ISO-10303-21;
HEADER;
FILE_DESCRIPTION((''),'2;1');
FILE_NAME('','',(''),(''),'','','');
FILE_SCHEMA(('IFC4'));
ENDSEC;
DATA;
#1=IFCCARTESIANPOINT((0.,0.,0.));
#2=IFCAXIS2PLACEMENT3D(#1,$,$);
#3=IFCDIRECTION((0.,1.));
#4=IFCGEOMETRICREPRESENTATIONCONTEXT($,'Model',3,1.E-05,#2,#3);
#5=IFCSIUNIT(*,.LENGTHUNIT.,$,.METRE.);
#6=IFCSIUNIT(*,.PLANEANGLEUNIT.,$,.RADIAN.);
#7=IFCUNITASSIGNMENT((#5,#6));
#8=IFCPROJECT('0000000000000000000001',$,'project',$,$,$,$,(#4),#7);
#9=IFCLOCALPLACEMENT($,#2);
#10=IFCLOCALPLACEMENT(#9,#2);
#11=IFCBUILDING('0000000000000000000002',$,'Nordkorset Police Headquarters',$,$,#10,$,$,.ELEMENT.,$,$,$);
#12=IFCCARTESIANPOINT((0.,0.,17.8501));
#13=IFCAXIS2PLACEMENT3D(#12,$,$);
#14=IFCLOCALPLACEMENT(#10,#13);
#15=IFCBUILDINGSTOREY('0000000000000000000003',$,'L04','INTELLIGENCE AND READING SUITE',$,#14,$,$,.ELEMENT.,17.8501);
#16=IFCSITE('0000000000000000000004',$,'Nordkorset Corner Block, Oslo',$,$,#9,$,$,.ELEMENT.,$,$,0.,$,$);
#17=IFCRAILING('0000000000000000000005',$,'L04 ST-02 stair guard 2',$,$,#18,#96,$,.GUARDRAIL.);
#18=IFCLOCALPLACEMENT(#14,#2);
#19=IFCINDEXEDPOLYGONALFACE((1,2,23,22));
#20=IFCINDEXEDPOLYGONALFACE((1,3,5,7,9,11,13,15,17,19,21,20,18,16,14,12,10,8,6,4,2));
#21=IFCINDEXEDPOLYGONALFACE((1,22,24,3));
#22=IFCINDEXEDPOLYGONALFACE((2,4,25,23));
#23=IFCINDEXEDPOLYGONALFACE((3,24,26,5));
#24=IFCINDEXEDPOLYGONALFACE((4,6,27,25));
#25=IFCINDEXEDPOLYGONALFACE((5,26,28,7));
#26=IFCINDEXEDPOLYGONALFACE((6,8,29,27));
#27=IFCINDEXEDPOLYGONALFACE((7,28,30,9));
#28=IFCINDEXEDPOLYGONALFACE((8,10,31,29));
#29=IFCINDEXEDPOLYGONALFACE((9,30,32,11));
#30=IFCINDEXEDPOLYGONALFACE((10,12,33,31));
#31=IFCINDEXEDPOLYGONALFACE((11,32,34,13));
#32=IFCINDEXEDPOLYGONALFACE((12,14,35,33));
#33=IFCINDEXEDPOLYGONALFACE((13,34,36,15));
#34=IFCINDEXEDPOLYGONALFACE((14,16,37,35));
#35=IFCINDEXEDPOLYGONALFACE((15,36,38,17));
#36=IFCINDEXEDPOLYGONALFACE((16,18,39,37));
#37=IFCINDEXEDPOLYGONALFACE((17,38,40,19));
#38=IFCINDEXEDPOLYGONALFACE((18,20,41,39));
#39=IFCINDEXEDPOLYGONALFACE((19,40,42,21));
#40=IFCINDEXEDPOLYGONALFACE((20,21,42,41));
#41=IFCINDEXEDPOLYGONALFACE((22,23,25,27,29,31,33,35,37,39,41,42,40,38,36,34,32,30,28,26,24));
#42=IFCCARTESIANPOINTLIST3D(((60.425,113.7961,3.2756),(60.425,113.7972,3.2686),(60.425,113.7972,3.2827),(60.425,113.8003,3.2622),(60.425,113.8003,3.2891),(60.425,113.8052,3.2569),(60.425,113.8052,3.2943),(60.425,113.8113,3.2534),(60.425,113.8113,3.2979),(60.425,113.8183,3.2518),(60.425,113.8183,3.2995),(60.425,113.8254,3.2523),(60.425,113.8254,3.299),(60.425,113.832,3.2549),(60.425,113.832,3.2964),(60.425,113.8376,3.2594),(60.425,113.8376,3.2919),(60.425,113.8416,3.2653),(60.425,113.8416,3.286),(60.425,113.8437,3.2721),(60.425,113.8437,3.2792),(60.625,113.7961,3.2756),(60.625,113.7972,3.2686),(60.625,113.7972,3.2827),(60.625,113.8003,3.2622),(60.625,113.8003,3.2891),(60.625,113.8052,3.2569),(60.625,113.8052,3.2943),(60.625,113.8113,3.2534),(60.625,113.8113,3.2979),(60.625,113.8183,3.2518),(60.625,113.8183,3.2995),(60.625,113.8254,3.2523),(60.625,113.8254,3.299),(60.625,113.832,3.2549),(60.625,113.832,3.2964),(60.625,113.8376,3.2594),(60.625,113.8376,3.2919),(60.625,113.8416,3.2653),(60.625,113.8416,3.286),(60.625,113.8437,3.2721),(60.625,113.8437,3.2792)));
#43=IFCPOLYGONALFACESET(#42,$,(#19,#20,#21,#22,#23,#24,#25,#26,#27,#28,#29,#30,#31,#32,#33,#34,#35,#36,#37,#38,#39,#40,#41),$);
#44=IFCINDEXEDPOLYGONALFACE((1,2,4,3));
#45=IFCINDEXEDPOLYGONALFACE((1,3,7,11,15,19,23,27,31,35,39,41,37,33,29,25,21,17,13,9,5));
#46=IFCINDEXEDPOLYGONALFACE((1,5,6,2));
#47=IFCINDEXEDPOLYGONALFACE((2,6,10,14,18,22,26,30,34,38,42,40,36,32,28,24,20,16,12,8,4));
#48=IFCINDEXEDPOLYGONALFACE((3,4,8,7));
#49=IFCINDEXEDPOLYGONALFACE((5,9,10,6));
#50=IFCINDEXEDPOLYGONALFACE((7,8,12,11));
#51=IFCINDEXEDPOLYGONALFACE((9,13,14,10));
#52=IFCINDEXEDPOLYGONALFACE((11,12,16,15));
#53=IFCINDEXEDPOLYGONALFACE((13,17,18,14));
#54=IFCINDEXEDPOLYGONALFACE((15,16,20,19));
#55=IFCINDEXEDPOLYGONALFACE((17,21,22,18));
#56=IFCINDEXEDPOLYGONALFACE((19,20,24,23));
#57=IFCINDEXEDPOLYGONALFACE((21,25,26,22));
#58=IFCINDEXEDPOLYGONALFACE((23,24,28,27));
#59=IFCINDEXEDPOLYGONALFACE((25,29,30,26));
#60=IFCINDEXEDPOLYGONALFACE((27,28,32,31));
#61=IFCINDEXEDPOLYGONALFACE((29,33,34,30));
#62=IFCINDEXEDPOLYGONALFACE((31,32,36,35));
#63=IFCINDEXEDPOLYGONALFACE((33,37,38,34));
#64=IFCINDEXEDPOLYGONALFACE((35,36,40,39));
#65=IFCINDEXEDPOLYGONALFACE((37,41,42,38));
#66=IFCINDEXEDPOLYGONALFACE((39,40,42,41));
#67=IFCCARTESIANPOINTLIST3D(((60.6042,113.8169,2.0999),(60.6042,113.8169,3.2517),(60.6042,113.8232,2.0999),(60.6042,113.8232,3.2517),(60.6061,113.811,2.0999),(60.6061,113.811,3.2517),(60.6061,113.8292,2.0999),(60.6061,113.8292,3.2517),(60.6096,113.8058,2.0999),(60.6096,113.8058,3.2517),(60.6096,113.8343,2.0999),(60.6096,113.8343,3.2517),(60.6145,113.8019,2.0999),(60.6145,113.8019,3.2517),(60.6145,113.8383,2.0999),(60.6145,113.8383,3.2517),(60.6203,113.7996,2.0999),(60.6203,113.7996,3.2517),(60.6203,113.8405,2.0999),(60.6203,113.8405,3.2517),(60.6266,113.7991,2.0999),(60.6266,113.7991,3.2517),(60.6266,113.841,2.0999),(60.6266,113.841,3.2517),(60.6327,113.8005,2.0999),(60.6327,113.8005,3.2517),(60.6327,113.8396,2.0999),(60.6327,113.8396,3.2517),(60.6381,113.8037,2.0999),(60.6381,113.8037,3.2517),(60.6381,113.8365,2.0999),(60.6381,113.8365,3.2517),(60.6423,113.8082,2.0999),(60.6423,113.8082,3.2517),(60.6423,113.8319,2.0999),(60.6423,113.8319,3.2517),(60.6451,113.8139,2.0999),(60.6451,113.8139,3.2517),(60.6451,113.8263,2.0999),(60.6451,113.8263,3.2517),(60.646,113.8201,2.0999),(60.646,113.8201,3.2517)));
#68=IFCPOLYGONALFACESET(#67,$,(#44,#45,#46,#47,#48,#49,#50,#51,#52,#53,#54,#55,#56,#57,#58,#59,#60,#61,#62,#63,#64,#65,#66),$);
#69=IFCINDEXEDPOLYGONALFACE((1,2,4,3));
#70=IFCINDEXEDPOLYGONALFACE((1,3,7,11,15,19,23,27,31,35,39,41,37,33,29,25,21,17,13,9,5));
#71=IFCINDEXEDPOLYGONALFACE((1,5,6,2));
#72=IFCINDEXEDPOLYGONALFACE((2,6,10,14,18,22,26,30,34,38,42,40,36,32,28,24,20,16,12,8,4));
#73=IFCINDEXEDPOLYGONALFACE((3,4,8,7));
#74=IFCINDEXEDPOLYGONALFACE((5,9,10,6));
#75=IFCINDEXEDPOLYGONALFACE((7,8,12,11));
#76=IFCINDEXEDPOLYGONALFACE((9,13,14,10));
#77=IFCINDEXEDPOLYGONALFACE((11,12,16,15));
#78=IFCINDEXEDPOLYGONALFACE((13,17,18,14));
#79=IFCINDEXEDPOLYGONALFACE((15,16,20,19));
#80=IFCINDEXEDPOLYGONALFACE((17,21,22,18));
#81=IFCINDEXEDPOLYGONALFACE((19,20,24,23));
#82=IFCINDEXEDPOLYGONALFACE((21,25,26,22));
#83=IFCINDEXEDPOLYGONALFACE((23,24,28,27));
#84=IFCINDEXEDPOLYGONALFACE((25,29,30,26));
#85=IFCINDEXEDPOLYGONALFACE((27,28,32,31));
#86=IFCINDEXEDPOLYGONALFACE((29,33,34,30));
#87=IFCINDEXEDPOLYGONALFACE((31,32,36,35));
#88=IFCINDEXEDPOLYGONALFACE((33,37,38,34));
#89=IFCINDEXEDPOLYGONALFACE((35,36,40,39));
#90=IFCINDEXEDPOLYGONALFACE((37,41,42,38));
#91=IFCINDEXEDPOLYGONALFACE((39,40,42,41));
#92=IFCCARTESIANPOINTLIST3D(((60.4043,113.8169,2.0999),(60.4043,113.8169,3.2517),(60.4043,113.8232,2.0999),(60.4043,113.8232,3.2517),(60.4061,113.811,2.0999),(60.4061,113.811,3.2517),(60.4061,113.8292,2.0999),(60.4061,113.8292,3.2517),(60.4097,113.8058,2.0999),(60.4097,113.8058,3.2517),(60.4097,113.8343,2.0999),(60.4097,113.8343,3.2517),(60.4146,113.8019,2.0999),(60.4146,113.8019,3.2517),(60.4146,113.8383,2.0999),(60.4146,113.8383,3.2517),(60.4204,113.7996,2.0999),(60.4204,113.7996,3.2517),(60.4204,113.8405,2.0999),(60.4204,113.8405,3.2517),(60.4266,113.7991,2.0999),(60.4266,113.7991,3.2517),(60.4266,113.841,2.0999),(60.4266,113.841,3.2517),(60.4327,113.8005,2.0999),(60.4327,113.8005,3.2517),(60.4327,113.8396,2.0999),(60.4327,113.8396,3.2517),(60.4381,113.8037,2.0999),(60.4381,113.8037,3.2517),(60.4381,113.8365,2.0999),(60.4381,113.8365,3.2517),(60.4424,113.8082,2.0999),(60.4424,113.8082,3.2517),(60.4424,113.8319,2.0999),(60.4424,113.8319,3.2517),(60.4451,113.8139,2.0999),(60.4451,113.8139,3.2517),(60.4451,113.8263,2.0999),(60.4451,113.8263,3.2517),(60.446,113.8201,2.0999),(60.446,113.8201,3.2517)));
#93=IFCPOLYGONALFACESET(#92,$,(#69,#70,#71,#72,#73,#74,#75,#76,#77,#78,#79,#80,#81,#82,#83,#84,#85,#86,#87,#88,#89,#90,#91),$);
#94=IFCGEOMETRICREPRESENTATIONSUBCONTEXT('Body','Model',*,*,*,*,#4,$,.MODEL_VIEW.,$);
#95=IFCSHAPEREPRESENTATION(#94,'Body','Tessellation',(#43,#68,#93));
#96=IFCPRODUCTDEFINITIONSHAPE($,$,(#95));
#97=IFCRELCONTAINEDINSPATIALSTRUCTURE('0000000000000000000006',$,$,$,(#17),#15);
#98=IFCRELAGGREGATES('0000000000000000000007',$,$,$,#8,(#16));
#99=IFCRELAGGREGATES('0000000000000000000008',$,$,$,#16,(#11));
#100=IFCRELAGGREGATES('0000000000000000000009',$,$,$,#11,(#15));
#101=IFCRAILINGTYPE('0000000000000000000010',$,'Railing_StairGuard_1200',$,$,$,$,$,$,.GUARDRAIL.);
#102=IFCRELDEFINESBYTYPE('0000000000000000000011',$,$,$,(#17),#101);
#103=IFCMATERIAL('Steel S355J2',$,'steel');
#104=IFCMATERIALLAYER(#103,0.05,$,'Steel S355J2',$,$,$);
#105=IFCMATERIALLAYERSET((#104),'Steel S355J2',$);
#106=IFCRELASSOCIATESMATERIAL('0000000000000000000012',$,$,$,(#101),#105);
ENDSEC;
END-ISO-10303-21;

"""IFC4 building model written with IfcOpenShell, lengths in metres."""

from ifc_helpers import new_model, si_unit, direction, frame, origin, origin_2d, place, context, subcontext, project, spatial, circle, extrude, material, layer, layer_set, type_object, element, save


model = new_model("IFC4")

# Units and contexts
model_context = context("Model", 3, precision=1e-05, world=origin(), true_north=direction((0.0, 1.0)))
body_context = subcontext(model_context, "Body", "Model", "MODEL_VIEW")
ifc_project = project(units=[si_unit("LENGTHUNIT", "METRE"), si_unit("PLANEANGLEUNIT", "RADIAN")], contexts=[model_context])

# Site, building, storey
site_placement = place(None, origin())
site = spatial("IfcSite", under=ifc_project, at=site_placement, Name="Nordkorset Corner Block, Oslo", CompositionType="ELEMENT", RefElevation=0.0)
building_placement = place(site_placement, origin())
building = spatial("IfcBuilding", under=site, at=building_placement, Name="Nordkorset Police Headquarters", CompositionType="ELEMENT")
storey_placement = place(building_placement, frame((0.0, 0.0, 17.8501)))
storey = spatial("IfcBuildingStorey", under=building, at=storey_placement, Name="L04", Description="INTELLIGENCE AND READING SUITE", CompositionType="ELEMENT", Elevation=17.8501)

# Railing
ifc_material_1 = material(Name="Steel S355J2", Category="steel")
ifc_layer_1 = layer(ifc_material_1, 0.05, Name="Steel S355J2")
ifc_layer_set_1 = layer_set([ifc_layer_1], Name="Steel S355J2")
railing_type_1 = type_object("IfcRailingType", Name="Railing_StairGuard_1200", PredefinedType="GUARDRAIL", material=ifc_layer_set_1)
railing_1_placement = place(storey_placement, frame((60.625, 113.8201, 2.0999)))
element("IfcRailing", 1, at=railing_1_placement, inside=storey, type_object=railing_type_1, Name="L04 ST-02 stair guard 2", PredefinedType="GUARDRAIL", context=body_context, shape_type="SweptSolid", body=[
    extrude(circle(Radius=0.0239, at=origin_2d()), frame((0.0, 0.0, 1.1758), z_axis=(-1.0, 0.0, 0.0), x_axis=(0.0, -1.0, 0.0)), (0.0, 0.0, 1.0), 0.2),
    extrude(circle(Radius=0.021, at=origin_2d()), origin(), (0.0, 0.0, 1.0), 1.1519),
    extrude(circle(Radius=0.021, at=origin_2d()), frame((-0.2, 0.0, 0.0)), (0.0, 0.0, 1.0), 1.1519),
])

save(model, "model.ifc")
